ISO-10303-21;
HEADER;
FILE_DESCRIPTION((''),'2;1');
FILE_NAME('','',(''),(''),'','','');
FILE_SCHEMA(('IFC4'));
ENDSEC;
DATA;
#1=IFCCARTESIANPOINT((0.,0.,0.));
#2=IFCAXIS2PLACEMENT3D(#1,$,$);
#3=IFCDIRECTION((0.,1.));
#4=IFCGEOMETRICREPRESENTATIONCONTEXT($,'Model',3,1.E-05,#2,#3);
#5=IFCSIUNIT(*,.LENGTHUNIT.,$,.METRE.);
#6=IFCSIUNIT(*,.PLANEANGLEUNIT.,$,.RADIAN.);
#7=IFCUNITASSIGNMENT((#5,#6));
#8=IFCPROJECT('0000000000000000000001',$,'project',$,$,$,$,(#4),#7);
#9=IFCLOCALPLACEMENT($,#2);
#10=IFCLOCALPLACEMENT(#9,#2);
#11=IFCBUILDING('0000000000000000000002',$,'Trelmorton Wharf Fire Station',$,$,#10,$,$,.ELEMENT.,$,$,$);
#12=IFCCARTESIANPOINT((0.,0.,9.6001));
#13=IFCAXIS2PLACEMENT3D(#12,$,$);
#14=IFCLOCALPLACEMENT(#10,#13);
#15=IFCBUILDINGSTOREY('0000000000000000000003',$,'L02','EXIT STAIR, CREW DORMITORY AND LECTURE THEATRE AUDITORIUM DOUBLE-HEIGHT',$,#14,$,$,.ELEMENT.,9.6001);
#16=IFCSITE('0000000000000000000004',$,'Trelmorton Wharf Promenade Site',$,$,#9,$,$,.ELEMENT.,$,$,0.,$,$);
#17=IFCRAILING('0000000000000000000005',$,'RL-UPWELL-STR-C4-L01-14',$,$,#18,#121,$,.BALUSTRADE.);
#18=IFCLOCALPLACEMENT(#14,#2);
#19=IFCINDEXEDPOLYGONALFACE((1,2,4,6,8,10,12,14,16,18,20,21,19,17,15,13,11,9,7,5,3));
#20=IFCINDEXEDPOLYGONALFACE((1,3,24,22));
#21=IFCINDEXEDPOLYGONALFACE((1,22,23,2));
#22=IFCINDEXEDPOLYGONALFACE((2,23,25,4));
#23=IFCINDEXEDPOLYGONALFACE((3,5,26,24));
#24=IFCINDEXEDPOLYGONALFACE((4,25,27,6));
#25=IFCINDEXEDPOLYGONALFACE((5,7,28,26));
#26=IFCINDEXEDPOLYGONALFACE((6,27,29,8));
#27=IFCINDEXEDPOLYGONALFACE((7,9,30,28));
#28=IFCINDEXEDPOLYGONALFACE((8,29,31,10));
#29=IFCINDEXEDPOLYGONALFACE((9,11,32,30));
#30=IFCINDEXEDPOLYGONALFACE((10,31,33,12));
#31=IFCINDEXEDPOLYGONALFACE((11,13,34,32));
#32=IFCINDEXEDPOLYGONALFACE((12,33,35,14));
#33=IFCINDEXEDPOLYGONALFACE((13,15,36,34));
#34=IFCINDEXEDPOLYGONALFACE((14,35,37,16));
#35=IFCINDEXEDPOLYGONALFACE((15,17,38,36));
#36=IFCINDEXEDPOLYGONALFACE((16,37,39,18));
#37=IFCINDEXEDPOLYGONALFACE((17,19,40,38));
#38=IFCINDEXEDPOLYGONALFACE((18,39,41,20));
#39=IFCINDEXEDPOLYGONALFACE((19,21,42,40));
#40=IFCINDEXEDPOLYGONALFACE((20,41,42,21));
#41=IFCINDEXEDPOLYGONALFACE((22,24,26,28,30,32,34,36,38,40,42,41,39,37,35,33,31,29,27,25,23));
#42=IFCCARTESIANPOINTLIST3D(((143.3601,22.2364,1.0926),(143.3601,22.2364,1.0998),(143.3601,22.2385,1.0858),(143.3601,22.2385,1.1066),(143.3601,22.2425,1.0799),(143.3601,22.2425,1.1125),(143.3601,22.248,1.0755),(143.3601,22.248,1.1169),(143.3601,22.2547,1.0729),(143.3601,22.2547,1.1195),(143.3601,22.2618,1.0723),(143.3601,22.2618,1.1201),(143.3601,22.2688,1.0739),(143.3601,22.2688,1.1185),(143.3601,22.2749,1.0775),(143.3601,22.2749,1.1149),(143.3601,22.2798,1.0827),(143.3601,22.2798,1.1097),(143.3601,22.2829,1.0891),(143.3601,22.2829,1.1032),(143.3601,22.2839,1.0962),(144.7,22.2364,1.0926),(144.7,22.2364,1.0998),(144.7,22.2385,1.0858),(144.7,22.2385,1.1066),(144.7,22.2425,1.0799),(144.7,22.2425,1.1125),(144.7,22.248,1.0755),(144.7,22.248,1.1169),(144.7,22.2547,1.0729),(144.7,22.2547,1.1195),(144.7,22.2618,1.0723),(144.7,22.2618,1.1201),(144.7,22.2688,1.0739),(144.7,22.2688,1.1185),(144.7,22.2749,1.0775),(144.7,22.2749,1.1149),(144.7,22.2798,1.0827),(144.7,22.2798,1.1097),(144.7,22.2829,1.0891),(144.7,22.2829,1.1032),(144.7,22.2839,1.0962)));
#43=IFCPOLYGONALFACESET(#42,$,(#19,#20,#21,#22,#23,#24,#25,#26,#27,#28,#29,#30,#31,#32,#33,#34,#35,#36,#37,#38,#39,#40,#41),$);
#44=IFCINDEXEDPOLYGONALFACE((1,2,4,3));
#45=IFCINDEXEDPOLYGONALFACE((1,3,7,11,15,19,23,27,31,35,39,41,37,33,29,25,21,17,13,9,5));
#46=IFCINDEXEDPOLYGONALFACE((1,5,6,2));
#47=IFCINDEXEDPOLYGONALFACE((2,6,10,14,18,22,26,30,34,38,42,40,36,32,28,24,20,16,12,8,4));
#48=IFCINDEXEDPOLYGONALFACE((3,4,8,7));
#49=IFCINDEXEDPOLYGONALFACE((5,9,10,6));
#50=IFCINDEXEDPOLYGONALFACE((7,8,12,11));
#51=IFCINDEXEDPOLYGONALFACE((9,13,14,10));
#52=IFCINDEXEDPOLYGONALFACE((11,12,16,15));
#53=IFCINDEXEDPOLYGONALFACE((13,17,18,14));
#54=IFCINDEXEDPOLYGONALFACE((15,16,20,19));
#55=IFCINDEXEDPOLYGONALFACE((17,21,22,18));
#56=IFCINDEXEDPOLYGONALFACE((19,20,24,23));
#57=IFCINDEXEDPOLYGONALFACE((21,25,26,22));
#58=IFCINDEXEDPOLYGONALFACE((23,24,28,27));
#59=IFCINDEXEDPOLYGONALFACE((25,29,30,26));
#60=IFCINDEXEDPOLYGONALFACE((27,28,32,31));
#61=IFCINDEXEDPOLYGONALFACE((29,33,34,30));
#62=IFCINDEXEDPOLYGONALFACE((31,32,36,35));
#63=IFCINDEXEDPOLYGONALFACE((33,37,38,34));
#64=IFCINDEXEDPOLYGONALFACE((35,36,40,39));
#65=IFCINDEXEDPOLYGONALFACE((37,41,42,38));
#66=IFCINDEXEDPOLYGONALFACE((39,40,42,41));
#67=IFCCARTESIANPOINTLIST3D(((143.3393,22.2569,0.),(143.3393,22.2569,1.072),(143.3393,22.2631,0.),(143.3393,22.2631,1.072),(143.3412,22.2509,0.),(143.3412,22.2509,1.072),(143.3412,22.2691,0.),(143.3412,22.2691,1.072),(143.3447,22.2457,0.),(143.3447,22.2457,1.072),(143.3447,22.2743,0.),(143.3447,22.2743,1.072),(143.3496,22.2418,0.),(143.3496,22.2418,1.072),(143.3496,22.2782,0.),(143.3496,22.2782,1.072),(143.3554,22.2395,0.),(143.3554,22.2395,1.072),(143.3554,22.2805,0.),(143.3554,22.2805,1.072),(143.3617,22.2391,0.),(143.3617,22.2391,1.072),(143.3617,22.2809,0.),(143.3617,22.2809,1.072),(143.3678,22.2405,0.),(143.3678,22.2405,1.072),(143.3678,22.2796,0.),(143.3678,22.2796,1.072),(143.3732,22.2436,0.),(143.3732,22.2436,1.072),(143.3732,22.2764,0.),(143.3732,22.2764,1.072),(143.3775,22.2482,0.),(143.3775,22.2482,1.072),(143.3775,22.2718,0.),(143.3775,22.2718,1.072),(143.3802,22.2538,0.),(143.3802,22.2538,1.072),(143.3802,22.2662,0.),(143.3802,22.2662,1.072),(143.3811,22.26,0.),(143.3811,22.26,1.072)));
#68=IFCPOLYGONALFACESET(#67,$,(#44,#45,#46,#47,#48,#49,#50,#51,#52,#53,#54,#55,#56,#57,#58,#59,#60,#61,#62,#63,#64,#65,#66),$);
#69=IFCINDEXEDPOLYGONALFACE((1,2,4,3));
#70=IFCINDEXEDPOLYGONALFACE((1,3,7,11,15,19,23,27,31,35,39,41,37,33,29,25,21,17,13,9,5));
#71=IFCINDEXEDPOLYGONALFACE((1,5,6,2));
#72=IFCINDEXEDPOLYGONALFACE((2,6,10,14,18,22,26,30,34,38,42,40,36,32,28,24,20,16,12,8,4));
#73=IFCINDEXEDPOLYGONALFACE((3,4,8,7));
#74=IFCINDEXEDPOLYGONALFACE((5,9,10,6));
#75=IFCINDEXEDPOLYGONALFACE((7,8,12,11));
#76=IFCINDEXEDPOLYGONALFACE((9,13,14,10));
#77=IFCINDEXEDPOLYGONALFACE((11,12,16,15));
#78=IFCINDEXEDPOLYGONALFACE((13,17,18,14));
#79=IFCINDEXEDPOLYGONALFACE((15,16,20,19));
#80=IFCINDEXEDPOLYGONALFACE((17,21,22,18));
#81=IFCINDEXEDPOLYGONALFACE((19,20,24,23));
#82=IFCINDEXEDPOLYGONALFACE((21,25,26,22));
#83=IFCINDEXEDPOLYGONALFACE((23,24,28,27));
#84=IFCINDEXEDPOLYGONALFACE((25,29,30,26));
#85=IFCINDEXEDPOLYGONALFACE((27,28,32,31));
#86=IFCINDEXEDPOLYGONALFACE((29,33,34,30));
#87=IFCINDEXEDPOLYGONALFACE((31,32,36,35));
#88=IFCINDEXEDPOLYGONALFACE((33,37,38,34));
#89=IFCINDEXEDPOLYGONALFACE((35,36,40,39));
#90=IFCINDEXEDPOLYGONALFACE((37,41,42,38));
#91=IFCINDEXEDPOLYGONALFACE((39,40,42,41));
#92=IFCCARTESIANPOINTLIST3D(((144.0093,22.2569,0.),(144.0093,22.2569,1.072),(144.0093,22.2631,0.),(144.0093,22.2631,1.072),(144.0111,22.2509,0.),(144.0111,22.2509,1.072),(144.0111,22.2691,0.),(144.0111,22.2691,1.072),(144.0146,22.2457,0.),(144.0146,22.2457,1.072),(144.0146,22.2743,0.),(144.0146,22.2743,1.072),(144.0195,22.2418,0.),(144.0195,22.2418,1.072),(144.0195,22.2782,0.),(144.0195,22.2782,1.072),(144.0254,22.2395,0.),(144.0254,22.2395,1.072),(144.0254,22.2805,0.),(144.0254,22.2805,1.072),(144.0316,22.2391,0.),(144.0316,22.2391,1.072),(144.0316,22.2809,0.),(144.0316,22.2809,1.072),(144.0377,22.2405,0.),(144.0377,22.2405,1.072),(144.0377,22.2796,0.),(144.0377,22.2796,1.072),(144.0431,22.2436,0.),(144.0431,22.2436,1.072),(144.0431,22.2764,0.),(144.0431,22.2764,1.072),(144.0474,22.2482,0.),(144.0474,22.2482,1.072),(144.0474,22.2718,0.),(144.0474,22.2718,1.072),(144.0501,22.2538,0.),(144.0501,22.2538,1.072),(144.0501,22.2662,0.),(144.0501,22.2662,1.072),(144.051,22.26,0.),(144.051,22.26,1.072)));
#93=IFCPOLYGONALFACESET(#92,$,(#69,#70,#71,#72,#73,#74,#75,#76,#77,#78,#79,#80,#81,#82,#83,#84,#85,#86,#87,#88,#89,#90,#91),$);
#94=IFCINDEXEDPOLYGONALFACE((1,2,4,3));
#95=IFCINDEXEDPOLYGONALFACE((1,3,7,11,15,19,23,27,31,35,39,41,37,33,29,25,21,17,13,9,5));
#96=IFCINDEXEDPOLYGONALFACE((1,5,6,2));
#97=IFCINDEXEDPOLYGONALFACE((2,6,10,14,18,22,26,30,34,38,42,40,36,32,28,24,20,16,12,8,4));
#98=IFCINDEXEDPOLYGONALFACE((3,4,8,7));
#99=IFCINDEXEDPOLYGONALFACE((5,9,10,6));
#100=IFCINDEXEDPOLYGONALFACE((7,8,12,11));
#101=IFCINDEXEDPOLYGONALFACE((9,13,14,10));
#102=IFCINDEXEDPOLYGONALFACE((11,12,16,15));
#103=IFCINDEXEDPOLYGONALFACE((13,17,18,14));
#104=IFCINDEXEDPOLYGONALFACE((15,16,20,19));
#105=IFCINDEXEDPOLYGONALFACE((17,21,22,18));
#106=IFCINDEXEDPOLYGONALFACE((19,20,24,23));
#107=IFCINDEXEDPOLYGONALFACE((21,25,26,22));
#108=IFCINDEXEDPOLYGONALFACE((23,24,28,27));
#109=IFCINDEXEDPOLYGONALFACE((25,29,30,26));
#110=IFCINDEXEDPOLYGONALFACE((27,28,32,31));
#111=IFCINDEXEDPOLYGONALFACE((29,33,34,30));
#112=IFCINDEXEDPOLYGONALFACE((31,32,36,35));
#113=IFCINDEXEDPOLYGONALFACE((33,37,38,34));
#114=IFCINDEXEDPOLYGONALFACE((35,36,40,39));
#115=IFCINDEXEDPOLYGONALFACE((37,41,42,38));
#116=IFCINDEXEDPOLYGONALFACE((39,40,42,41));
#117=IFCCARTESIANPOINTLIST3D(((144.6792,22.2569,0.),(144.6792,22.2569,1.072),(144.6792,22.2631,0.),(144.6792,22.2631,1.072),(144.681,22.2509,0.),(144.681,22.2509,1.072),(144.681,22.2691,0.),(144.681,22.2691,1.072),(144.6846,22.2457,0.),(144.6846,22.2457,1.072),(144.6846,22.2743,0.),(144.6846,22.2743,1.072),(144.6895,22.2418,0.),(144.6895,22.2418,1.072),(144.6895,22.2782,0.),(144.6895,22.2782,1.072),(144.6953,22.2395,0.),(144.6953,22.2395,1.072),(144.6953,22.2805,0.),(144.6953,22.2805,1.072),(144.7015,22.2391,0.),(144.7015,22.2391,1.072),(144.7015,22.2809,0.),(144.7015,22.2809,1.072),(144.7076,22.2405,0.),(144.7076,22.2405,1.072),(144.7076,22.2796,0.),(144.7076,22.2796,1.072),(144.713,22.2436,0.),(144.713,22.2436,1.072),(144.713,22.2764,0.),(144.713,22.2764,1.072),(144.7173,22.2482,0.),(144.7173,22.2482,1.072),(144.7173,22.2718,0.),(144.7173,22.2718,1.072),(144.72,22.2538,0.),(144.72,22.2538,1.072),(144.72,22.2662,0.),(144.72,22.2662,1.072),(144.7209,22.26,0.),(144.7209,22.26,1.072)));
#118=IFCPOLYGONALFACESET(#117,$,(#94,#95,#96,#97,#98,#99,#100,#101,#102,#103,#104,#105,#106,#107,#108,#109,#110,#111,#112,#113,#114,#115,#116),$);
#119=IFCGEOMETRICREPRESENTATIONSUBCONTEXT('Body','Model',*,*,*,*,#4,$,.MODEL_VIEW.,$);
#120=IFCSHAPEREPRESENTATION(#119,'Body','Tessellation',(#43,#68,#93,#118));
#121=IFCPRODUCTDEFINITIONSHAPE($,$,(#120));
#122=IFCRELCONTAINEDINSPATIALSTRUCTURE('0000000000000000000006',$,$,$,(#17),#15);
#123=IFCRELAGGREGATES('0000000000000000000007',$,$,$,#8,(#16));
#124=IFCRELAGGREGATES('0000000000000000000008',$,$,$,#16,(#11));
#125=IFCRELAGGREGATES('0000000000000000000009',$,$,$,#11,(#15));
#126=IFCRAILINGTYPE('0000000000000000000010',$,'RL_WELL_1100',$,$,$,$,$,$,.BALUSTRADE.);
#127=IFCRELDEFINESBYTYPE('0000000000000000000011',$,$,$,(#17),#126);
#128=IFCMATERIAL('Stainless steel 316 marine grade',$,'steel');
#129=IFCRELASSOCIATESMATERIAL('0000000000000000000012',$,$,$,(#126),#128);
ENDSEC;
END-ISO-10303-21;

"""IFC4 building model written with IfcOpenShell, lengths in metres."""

from ifc_helpers import new_model, si_unit, direction, frame, origin, origin_2d, place, context, subcontext, project, spatial, circle, extrude, material, type_object, element, save


model = new_model("IFC4")

# Units and contexts
model_context = context("Model", 3, precision=1e-05, world=origin(), true_north=direction((0.0, 1.0)))
body_context = subcontext(model_context, "Body", "Model", "MODEL_VIEW")
ifc_project = project(units=[si_unit("LENGTHUNIT", "METRE"), si_unit("PLANEANGLEUNIT", "RADIAN")], contexts=[model_context])

# Site, building, storey
site_placement = place(None, origin())
site = spatial("IfcSite", under=ifc_project, at=site_placement, Name="Trelmorton Wharf Promenade Site", CompositionType="ELEMENT", RefElevation=0.0)
building_placement = place(site_placement, origin())
building = spatial("IfcBuilding", under=site, at=building_placement, Name="Trelmorton Wharf Fire Station", CompositionType="ELEMENT")
storey_placement = place(building_placement, frame((0.0, 0.0, 9.6001)))
storey = spatial("IfcBuildingStorey", under=building, at=storey_placement, Name="L02", Description="EXIT STAIR, CREW DORMITORY AND LECTURE THEATRE AUDITORIUM DOUBLE-HEIGHT", CompositionType="ELEMENT", Elevation=9.6001)

# Shared definitions
ifc_material_1 = material(Name="Stainless steel 316 marine grade", Category="steel")

# Railing
railing_type_1 = type_object("IfcRailingType", Name="RL_WELL_1100", PredefinedType="BALUSTRADE", material=ifc_material_1)
railing_1_placement = place(storey_placement, frame((143.3601, 22.26, 0.0)))
element("IfcRailing", 1, at=railing_1_placement, inside=storey, type_object=railing_type_1, Name="RL-UPWELL-STR-C4-L01-14", PredefinedType="BALUSTRADE", context=body_context, shape_type="SweptSolid", body=[
    extrude(circle(Radius=0.0239, at=origin_2d()), frame((0.0, 0.0, 1.0962), z_axis=(1.0, 0.0, 0.0), x_axis=(0.0, 1.0, 0.0)), (0.0, 0.0, 1.0), 1.3398),
    extrude(circle(Radius=0.021, at=origin_2d()), origin(), (0.0, 0.0, 1.0), 1.072),
    extrude(circle(Radius=0.021, at=origin_2d()), frame((0.6699, 0.0, 0.0)), (0.0, 0.0, 1.0), 1.072),
    extrude(circle(Radius=0.021, at=origin_2d()), frame((1.3398, 0.0, 0.0)), (0.0, 0.0, 1.0), 1.072),
])

save(model, "model.ifc")
